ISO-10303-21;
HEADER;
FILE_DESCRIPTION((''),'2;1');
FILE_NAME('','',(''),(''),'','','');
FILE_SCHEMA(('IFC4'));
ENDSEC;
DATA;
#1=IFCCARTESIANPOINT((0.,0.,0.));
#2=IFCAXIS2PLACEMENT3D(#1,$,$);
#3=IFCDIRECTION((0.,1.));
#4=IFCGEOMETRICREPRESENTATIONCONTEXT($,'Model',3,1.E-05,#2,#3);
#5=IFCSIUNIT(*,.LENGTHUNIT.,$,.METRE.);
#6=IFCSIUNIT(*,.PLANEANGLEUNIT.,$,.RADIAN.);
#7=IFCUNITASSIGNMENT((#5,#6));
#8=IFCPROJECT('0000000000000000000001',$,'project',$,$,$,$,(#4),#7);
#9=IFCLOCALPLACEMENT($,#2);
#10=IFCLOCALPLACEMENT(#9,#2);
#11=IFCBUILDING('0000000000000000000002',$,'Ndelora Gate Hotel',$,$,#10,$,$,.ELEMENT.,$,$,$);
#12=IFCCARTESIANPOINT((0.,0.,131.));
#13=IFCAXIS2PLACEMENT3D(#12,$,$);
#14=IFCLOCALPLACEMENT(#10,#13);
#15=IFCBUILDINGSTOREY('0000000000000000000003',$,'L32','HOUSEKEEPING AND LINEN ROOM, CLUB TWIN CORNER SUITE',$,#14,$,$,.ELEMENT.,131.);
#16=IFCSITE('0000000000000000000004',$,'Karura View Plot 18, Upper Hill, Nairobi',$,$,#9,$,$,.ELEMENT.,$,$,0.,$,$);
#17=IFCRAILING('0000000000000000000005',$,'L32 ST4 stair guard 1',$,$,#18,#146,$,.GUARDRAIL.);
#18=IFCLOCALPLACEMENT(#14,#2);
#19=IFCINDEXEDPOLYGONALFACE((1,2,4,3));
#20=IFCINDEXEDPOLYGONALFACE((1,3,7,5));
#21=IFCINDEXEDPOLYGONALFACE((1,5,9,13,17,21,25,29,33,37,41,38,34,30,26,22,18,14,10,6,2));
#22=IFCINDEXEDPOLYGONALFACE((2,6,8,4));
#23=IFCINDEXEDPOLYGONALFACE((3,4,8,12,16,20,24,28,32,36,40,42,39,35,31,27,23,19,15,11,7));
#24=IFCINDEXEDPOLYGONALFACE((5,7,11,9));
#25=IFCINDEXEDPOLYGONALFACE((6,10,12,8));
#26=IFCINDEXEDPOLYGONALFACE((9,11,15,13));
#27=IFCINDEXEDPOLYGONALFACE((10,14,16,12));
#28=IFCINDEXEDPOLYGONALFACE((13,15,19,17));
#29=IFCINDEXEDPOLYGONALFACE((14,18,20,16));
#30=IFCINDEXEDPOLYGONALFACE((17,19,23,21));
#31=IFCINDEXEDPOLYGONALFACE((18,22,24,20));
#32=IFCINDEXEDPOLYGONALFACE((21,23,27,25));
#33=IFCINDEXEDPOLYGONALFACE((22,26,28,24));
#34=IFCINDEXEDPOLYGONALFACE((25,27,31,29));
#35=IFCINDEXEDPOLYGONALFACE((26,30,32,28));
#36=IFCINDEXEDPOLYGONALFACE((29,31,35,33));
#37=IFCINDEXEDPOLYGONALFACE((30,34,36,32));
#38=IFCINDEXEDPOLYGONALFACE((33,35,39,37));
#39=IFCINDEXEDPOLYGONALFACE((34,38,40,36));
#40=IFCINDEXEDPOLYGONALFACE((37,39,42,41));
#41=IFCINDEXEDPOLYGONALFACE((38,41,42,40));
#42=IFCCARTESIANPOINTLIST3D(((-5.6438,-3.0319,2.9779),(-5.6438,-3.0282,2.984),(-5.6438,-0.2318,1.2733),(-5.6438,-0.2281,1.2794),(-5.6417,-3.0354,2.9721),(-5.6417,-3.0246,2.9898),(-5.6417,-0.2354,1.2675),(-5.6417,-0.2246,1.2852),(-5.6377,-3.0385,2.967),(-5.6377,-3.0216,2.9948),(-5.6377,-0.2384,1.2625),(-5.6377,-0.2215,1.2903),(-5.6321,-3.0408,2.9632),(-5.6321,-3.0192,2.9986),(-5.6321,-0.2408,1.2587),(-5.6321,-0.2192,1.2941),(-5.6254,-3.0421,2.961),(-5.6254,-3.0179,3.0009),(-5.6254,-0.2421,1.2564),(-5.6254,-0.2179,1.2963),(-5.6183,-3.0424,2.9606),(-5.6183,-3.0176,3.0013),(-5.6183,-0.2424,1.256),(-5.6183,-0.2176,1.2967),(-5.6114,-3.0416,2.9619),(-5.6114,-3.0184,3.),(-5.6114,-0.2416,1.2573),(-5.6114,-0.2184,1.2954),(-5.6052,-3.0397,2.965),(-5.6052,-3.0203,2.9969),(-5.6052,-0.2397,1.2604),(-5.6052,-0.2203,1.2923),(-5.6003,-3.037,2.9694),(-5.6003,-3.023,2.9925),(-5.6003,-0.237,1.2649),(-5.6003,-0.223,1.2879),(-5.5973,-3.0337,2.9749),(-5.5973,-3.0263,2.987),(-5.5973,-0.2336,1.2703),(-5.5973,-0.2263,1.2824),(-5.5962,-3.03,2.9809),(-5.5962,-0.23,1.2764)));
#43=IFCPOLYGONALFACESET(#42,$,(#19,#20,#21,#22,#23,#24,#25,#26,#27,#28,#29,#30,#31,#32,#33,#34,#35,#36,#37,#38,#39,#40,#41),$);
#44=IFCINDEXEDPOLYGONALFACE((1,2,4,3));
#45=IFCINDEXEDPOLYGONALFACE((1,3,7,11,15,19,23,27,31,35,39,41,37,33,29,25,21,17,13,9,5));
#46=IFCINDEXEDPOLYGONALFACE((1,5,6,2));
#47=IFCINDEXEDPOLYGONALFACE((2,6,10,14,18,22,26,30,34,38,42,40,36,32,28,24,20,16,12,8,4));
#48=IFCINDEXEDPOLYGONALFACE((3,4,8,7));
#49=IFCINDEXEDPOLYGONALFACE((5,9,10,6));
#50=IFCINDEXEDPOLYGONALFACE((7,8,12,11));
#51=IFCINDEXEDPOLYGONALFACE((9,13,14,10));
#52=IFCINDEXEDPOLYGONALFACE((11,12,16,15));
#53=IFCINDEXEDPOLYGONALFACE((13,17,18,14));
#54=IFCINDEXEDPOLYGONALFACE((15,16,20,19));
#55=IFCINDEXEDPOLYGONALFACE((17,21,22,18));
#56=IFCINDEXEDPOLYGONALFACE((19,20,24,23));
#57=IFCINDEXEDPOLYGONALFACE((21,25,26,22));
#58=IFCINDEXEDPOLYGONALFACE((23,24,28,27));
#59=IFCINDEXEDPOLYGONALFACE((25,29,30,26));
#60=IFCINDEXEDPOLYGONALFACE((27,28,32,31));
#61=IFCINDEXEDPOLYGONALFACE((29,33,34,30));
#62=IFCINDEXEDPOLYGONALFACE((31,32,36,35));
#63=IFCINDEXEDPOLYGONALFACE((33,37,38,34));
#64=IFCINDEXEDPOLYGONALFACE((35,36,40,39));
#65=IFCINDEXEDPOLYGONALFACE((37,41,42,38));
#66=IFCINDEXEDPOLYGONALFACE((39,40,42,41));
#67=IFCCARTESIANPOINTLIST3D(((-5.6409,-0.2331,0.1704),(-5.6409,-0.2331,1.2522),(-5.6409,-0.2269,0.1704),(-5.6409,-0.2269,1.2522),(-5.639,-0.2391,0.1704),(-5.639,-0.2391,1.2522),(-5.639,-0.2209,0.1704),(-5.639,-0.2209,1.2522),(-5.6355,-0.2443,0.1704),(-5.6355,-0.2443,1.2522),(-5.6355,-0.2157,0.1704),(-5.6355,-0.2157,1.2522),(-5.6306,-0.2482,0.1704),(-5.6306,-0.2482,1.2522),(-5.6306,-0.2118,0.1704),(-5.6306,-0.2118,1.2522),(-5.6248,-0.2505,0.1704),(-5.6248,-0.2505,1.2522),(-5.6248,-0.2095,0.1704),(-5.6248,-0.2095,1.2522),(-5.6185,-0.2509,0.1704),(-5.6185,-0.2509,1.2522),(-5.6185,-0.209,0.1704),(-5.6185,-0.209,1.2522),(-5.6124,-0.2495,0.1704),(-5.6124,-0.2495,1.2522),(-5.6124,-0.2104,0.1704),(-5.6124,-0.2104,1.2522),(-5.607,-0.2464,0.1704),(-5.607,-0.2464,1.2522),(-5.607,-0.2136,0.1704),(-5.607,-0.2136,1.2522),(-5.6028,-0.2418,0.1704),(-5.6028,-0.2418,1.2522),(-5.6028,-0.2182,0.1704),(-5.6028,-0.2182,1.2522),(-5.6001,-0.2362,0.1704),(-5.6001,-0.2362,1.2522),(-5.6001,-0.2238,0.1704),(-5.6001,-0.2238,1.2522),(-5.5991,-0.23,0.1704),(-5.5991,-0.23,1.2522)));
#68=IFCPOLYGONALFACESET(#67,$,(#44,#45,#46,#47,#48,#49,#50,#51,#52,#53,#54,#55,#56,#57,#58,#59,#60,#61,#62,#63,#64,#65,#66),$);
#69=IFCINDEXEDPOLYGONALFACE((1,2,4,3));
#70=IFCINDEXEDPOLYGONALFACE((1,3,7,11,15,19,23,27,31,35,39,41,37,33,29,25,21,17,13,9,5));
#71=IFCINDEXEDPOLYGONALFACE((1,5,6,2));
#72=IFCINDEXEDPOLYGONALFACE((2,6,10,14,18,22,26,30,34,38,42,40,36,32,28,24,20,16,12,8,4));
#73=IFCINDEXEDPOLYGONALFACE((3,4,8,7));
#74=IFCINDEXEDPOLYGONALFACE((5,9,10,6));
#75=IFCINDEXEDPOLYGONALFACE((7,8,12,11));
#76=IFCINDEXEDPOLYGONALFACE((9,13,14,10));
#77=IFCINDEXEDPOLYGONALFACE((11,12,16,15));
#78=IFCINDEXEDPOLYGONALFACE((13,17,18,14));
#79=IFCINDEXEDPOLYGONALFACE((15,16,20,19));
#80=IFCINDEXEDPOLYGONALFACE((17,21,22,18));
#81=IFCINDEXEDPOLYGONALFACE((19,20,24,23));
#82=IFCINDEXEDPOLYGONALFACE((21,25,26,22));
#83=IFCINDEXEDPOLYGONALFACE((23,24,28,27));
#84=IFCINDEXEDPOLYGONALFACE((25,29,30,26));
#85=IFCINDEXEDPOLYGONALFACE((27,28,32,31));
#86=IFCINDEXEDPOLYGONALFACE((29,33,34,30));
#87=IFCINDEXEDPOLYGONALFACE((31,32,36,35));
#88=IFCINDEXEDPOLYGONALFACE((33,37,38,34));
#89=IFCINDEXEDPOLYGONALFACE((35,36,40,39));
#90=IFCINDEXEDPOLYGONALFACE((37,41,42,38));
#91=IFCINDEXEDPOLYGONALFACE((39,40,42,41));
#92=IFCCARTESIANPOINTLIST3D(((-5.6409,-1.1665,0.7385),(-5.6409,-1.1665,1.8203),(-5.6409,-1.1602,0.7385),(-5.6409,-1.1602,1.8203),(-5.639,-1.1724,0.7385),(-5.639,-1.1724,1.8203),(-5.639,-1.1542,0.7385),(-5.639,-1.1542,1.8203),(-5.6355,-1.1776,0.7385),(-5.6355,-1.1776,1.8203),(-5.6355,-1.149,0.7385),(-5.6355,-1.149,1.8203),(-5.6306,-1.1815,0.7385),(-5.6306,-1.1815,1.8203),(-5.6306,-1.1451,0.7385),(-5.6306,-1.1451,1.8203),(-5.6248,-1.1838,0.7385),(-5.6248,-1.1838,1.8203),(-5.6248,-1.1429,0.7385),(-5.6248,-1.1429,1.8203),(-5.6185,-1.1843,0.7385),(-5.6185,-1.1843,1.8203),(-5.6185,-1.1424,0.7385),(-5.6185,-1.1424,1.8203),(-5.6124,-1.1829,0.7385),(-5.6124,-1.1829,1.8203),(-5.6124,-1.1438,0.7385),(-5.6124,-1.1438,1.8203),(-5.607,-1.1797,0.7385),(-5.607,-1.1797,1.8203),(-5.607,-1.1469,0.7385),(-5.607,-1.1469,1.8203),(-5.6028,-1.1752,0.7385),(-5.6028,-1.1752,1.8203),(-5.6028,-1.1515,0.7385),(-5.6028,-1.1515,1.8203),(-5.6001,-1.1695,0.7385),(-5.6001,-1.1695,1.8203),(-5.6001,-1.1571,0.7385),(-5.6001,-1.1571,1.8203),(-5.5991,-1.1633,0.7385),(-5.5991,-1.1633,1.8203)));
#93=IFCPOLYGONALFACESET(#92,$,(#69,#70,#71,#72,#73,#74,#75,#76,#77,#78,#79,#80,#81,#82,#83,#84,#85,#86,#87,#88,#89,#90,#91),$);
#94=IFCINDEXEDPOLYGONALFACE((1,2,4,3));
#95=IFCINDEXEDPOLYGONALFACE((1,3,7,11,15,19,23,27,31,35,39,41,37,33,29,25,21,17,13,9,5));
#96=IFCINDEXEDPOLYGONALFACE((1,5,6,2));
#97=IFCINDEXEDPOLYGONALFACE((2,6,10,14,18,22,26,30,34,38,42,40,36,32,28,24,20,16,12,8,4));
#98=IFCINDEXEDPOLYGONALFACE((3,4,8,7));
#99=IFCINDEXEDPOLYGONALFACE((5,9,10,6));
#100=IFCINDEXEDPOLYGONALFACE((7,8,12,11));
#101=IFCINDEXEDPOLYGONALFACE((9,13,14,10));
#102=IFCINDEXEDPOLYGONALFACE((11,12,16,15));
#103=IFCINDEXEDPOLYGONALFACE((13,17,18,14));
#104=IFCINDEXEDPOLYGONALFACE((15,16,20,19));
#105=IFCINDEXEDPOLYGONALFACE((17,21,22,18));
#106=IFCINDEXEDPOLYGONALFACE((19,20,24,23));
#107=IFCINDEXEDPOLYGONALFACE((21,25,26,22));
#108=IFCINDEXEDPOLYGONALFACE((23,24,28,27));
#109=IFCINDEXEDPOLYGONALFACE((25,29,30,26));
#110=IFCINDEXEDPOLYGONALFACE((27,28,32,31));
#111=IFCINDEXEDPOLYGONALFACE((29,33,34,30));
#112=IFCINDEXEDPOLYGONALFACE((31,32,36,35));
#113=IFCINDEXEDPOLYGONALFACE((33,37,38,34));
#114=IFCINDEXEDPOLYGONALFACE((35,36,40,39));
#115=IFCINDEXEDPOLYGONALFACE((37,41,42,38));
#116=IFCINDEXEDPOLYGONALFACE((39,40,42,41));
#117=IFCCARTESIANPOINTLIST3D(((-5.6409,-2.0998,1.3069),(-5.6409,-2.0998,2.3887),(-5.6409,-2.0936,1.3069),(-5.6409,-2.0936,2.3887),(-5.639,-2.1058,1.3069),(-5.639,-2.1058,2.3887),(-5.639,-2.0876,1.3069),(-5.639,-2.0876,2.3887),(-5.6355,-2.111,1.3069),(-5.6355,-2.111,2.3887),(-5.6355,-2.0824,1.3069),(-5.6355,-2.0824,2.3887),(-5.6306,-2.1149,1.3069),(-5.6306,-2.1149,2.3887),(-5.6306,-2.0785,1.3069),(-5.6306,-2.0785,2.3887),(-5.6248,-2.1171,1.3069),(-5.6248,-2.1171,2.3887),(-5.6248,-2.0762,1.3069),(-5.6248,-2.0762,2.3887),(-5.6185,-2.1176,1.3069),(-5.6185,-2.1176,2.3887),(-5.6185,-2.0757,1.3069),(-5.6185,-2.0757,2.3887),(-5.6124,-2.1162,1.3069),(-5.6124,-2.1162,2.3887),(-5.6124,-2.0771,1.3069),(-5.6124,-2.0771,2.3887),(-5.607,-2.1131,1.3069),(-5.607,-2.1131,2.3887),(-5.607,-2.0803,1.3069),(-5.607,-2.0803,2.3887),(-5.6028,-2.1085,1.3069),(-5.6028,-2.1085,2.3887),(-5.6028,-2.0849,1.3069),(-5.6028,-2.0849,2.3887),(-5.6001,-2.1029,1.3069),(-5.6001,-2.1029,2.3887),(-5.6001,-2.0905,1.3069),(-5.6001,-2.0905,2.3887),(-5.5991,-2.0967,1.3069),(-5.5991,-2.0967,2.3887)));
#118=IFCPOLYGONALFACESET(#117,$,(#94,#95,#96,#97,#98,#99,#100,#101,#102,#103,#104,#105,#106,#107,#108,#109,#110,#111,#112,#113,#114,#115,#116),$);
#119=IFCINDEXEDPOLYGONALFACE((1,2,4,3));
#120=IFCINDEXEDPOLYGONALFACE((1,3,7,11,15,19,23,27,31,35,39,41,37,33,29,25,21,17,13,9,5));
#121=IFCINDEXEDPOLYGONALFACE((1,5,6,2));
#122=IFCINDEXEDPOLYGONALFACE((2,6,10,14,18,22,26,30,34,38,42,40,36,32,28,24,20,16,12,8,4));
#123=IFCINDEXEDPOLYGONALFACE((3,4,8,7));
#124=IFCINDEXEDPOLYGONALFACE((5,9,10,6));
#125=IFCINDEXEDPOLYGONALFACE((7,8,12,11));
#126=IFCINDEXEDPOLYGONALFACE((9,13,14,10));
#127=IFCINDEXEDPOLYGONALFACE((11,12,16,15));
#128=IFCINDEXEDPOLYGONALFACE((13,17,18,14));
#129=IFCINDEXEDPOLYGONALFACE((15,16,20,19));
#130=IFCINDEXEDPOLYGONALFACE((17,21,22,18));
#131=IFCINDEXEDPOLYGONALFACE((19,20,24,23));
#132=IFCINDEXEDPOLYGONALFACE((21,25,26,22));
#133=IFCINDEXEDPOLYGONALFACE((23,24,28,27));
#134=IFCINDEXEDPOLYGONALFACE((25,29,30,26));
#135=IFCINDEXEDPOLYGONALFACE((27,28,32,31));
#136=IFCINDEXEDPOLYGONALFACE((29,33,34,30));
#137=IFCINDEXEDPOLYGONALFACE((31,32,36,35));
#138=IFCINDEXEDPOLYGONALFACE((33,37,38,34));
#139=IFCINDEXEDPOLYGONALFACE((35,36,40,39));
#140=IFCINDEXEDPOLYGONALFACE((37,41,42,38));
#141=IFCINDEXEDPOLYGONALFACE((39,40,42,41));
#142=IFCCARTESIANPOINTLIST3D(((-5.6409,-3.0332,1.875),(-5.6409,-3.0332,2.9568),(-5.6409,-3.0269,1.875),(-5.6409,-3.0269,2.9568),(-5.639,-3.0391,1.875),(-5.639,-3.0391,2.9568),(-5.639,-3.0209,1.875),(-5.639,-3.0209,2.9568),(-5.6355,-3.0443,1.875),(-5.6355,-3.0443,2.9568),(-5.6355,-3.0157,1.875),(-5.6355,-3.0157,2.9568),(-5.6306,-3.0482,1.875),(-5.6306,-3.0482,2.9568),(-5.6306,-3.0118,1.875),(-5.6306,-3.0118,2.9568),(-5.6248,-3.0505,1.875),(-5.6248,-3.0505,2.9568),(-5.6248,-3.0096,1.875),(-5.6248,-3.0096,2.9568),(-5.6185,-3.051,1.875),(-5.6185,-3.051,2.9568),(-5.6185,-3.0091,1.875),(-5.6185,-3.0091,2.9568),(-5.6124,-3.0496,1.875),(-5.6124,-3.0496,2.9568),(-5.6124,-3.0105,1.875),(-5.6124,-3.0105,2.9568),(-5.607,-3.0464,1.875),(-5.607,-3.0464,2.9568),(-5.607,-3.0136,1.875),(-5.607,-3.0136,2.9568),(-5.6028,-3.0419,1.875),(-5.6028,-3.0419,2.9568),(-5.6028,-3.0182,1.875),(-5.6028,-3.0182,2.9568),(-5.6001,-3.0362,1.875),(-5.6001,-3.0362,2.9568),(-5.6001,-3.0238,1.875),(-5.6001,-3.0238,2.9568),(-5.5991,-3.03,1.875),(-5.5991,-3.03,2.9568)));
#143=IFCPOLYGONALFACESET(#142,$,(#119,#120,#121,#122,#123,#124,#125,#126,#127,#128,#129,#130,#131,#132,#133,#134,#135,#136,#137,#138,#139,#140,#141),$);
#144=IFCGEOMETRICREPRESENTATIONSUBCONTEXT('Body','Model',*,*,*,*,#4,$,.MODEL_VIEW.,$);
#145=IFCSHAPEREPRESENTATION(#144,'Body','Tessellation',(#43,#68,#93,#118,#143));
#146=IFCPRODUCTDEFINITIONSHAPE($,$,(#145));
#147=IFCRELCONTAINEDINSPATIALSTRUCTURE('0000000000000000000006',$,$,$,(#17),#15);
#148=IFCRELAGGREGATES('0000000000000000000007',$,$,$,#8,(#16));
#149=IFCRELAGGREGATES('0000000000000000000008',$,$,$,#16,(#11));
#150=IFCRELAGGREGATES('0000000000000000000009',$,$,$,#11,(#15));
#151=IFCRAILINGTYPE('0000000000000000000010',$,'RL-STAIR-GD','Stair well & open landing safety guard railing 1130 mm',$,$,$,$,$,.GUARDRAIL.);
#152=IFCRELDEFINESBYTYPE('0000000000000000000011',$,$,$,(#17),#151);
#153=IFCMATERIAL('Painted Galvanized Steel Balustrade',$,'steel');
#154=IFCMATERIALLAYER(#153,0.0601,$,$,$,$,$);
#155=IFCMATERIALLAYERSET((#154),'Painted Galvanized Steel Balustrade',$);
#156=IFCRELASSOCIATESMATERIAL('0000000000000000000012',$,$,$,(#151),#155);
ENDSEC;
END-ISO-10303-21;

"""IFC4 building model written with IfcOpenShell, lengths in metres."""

from ifc_helpers import new_model, si_unit, direction, frame, origin, origin_2d, place, context, subcontext, project, spatial, circle, extrude, material, layer, layer_set, type_object, element, save


model = new_model("IFC4")

# Units and contexts
model_context = context("Model", 3, precision=1e-05, world=origin(), true_north=direction((0.0, 1.0)))
body_context = subcontext(model_context, "Body", "Model", "MODEL_VIEW")
ifc_project = project(units=[si_unit("LENGTHUNIT", "METRE"), si_unit("PLANEANGLEUNIT", "RADIAN")], contexts=[model_context])

# Site, building, storey
site_placement = place(None, origin())
site = spatial("IfcSite", under=ifc_project, at=site_placement, Name="Karura View Plot 18, Upper Hill, Nairobi", CompositionType="ELEMENT", RefElevation=0.0)
building_placement = place(site_placement, origin())
building = spatial("IfcBuilding", under=site, at=building_placement, Name="Ndelora Gate Hotel", CompositionType="ELEMENT")
storey_placement = place(building_placement, frame((0.0, 0.0, 131.0)))
storey = spatial("IfcBuildingStorey", under=building, at=storey_placement, Name="L32", Description="HOUSEKEEPING AND LINEN ROOM, CLUB TWIN CORNER SUITE", CompositionType="ELEMENT", Elevation=131.0)

# Railing
ifc_material_1 = material(Name="Painted Galvanized Steel Balustrade", Category="steel")
ifc_layer_1 = layer(ifc_material_1, 0.0601)
ifc_layer_set_1 = layer_set([ifc_layer_1], Name="Painted Galvanized Steel Balustrade")
railing_type_1 = type_object("IfcRailingType", Name="RL-STAIR-GD", Description="Stair well & open landing safety guard railing 1130 mm", PredefinedType="GUARDRAIL", material=ifc_layer_set_1)
railing_1_placement = place(storey_placement, frame((-5.6201, -0.23, 0.1704)))
element("IfcRailing", 1, at=railing_1_placement, inside=storey, type_object=railing_type_1, Name="L32 ST4 stair guard 1", PredefinedType="GUARDRAIL", context=body_context, shape_type="SweptSolid", body=[
    extrude(circle(Radius=0.0239, at=origin_2d()), frame((0.0, 0.0, 1.106), z_axis=(0.0, -0.85417, 0.519994), x_axis=(1.0, 0.0, 0.0)), (0.0, 0.0, 1.0), 3.2781),
    extrude(circle(Radius=0.021, at=origin_2d()), origin(), (0.0, 0.0, 1.0), 1.0818),
    extrude(circle(Radius=0.021, at=origin_2d()), frame((0.0, -0.9333, 0.5681)), (0.0, 0.0, 1.0), 1.0818),
    extrude(circle(Radius=0.021, at=origin_2d()), frame((0.0, -1.8667, 1.1365)), (0.0, 0.0, 1.0), 1.0818),
    extrude(circle(Radius=0.021, at=origin_2d()), frame((0.0, -2.8, 1.7046)), (0.0, 0.0, 1.0), 1.0818),
])

save(model, "model.ifc")
